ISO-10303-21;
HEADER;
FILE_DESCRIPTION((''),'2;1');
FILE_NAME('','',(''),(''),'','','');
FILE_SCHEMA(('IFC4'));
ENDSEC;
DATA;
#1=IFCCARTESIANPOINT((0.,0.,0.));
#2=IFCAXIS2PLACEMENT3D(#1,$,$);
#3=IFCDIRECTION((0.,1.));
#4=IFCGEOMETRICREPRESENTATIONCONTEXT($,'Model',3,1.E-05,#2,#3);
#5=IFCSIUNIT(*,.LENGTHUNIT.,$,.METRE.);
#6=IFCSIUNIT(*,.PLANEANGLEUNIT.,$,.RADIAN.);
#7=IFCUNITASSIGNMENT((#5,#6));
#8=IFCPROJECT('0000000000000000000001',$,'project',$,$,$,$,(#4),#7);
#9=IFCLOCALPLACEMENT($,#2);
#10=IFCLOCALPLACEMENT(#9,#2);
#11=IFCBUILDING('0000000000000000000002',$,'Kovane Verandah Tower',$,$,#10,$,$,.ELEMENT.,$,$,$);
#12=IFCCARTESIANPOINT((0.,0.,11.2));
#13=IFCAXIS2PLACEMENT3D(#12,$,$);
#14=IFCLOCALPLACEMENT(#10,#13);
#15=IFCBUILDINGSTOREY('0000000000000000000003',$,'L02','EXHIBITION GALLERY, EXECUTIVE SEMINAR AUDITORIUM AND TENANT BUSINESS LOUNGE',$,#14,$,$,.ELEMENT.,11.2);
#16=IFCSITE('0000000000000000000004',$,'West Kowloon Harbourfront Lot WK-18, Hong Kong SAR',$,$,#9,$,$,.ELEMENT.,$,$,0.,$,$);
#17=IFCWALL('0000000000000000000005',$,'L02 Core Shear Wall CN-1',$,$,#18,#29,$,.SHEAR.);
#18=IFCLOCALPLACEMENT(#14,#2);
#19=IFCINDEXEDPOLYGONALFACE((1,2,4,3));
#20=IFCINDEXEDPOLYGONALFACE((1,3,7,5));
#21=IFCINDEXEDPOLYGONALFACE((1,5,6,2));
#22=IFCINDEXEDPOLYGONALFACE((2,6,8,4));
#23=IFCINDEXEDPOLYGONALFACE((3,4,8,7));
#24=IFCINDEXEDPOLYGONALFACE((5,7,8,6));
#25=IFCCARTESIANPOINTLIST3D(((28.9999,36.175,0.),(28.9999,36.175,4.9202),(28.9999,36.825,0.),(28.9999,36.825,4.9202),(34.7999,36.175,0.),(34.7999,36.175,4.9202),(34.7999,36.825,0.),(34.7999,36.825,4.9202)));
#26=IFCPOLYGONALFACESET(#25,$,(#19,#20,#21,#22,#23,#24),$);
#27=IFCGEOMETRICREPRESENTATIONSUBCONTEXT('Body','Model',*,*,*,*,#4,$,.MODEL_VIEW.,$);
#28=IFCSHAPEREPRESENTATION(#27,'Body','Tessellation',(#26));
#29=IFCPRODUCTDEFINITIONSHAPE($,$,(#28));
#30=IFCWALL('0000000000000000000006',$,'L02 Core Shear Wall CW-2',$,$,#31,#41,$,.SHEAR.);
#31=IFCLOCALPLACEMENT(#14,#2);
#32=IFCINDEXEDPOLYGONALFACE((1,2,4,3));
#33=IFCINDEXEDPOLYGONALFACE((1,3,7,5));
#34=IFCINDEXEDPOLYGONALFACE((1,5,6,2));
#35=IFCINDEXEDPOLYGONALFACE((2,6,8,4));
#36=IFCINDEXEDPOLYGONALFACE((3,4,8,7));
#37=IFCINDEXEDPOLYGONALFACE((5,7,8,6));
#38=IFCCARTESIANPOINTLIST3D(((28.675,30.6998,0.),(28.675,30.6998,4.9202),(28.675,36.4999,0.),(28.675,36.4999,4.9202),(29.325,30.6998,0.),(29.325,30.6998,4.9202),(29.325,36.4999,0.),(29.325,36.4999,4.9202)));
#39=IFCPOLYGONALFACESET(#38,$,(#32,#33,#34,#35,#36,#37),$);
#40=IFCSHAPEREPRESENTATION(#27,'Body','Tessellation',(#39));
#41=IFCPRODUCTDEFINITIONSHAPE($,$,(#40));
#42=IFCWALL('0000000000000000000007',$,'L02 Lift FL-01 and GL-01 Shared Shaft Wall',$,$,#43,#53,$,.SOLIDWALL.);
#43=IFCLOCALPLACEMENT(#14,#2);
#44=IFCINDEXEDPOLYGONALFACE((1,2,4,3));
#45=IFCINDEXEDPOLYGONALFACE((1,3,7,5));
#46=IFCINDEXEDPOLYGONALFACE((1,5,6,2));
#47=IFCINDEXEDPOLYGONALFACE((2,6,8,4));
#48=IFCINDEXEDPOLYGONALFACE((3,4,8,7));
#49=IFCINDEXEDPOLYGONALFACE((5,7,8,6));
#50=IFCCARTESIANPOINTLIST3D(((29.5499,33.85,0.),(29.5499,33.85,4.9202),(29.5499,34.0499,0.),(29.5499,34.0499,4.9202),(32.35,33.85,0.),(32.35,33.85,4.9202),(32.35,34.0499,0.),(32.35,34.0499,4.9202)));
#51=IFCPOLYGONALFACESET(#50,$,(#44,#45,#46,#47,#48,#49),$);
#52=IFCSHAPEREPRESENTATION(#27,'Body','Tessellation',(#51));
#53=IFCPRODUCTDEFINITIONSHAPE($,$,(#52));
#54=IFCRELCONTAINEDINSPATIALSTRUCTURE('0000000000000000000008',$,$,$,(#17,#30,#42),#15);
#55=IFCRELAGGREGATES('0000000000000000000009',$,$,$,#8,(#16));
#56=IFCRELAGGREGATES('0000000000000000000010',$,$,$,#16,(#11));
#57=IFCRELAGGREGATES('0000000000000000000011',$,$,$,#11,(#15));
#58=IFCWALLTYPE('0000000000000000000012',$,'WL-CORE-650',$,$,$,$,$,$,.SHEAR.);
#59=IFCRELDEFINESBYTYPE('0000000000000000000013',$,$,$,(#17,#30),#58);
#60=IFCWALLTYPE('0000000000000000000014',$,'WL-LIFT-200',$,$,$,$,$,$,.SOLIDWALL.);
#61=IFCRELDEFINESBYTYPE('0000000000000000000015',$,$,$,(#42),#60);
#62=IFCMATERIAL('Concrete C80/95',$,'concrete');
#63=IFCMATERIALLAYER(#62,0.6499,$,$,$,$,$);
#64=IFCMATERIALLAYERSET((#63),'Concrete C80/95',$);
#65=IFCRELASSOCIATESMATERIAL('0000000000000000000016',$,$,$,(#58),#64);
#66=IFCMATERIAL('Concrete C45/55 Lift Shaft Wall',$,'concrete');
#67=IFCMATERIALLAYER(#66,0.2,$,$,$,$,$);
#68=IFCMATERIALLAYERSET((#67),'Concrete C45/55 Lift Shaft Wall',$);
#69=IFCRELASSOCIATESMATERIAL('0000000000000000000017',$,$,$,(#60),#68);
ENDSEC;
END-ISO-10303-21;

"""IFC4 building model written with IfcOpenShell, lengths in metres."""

from ifc_helpers import new_model, si_unit, direction, frame, frame_2d, origin, place, context, subcontext, project, spatial, rectangle, extrude, material, layer, layer_set, type_object, element, save


model = new_model("IFC4")

# Units and contexts
model_context = context("Model", 3, precision=1e-05, world=origin(), true_north=direction((0.0, 1.0)))
body_context = subcontext(model_context, "Body", "Model", "MODEL_VIEW")
ifc_project = project(units=[si_unit("LENGTHUNIT", "METRE"), si_unit("PLANEANGLEUNIT", "RADIAN")], contexts=[model_context])

# Site, building, storey
site_placement = place(None, origin())
site = spatial("IfcSite", under=ifc_project, at=site_placement, Name="West Kowloon Harbourfront Lot WK-18, Hong Kong SAR", CompositionType="ELEMENT", RefElevation=0.0)
building_placement = place(site_placement, origin())
building = spatial("IfcBuilding", under=site, at=building_placement, Name="Kovane Verandah Tower", CompositionType="ELEMENT")
storey_placement = place(building_placement, frame((0.0, 0.0, 11.2)))
storey = spatial("IfcBuildingStorey", under=building, at=storey_placement, Name="L02", Description="EXHIBITION GALLERY, EXECUTIVE SEMINAR AUDITORIUM AND TENANT BUSINESS LOUNGE", CompositionType="ELEMENT", Elevation=11.2)

# Shared definitions
ifc_material_1 = material(Name="Concrete C80/95", Category="concrete")

# Walls
ifc_layer_1 = layer(ifc_material_1, 0.6499)
ifc_layer_set_1 = layer_set([ifc_layer_1], Name="Concrete C80/95")
wall_type_1 = type_object("IfcWallType", Name="WL-CORE-650", PredefinedType="SHEAR", material=ifc_layer_set_1)
for number, where, z_axis, x_axis, name in (
    (1, (29.0, 36.5, 0.0), (0.0, 0.0, 1.0), (1.0, 0.0, 0.0), "L02 Core Shear Wall CN-1"),
    (2, (29.0, 30.7, 0.0), (0.0, 0.0, 1.0), (0.0, 1.0, 0.0), "L02 Core Shear Wall CW-2"),
):
    element("IfcWall", number, at=place(storey_placement, frame(where, z_axis=z_axis, x_axis=x_axis)), inside=storey, type_object=wall_type_1, Name=name, PredefinedType="SHEAR", context=body_context, shape_type="SweptSolid", body=[
        extrude(rectangle(XDim=5.8, YDim=0.6499, at=frame_2d((2.8999, 0.0))), origin(), (0.0, 0.0, 1.0), 4.9202),
    ])

# Shared definitions
ifc_material_2 = material(Name="Concrete C45/55 Lift Shaft Wall", Category="concrete")
ifc_layer_2 = layer(ifc_material_2, 0.2)
ifc_layer_set_2 = layer_set([ifc_layer_2], Name="Concrete C45/55 Lift Shaft Wall")
wall_type_2 = type_object("IfcWallType", Name="WL-LIFT-200", PredefinedType="SOLIDWALL", material=ifc_layer_set_2)

# Wall
wall_1_placement = place(storey_placement, frame((29.55, 33.95, 0.0), z_axis=(0.0, 0.0, 1.0), x_axis=(1.0, 0.0, 0.0)))
element("IfcWall", 3, at=wall_1_placement, inside=storey, type_object=wall_type_2, Name="L02 Lift FL-01 and GL-01 Shared Shaft Wall", PredefinedType="SOLIDWALL", context=body_context, shape_type="SweptSolid", body=[
    extrude(rectangle(XDim=2.8, YDim=0.2, at=frame_2d((1.3999, 0.0))), origin(), (0.0, 0.0, 1.0), 4.9202),
])

save(model, "model.ifc")
